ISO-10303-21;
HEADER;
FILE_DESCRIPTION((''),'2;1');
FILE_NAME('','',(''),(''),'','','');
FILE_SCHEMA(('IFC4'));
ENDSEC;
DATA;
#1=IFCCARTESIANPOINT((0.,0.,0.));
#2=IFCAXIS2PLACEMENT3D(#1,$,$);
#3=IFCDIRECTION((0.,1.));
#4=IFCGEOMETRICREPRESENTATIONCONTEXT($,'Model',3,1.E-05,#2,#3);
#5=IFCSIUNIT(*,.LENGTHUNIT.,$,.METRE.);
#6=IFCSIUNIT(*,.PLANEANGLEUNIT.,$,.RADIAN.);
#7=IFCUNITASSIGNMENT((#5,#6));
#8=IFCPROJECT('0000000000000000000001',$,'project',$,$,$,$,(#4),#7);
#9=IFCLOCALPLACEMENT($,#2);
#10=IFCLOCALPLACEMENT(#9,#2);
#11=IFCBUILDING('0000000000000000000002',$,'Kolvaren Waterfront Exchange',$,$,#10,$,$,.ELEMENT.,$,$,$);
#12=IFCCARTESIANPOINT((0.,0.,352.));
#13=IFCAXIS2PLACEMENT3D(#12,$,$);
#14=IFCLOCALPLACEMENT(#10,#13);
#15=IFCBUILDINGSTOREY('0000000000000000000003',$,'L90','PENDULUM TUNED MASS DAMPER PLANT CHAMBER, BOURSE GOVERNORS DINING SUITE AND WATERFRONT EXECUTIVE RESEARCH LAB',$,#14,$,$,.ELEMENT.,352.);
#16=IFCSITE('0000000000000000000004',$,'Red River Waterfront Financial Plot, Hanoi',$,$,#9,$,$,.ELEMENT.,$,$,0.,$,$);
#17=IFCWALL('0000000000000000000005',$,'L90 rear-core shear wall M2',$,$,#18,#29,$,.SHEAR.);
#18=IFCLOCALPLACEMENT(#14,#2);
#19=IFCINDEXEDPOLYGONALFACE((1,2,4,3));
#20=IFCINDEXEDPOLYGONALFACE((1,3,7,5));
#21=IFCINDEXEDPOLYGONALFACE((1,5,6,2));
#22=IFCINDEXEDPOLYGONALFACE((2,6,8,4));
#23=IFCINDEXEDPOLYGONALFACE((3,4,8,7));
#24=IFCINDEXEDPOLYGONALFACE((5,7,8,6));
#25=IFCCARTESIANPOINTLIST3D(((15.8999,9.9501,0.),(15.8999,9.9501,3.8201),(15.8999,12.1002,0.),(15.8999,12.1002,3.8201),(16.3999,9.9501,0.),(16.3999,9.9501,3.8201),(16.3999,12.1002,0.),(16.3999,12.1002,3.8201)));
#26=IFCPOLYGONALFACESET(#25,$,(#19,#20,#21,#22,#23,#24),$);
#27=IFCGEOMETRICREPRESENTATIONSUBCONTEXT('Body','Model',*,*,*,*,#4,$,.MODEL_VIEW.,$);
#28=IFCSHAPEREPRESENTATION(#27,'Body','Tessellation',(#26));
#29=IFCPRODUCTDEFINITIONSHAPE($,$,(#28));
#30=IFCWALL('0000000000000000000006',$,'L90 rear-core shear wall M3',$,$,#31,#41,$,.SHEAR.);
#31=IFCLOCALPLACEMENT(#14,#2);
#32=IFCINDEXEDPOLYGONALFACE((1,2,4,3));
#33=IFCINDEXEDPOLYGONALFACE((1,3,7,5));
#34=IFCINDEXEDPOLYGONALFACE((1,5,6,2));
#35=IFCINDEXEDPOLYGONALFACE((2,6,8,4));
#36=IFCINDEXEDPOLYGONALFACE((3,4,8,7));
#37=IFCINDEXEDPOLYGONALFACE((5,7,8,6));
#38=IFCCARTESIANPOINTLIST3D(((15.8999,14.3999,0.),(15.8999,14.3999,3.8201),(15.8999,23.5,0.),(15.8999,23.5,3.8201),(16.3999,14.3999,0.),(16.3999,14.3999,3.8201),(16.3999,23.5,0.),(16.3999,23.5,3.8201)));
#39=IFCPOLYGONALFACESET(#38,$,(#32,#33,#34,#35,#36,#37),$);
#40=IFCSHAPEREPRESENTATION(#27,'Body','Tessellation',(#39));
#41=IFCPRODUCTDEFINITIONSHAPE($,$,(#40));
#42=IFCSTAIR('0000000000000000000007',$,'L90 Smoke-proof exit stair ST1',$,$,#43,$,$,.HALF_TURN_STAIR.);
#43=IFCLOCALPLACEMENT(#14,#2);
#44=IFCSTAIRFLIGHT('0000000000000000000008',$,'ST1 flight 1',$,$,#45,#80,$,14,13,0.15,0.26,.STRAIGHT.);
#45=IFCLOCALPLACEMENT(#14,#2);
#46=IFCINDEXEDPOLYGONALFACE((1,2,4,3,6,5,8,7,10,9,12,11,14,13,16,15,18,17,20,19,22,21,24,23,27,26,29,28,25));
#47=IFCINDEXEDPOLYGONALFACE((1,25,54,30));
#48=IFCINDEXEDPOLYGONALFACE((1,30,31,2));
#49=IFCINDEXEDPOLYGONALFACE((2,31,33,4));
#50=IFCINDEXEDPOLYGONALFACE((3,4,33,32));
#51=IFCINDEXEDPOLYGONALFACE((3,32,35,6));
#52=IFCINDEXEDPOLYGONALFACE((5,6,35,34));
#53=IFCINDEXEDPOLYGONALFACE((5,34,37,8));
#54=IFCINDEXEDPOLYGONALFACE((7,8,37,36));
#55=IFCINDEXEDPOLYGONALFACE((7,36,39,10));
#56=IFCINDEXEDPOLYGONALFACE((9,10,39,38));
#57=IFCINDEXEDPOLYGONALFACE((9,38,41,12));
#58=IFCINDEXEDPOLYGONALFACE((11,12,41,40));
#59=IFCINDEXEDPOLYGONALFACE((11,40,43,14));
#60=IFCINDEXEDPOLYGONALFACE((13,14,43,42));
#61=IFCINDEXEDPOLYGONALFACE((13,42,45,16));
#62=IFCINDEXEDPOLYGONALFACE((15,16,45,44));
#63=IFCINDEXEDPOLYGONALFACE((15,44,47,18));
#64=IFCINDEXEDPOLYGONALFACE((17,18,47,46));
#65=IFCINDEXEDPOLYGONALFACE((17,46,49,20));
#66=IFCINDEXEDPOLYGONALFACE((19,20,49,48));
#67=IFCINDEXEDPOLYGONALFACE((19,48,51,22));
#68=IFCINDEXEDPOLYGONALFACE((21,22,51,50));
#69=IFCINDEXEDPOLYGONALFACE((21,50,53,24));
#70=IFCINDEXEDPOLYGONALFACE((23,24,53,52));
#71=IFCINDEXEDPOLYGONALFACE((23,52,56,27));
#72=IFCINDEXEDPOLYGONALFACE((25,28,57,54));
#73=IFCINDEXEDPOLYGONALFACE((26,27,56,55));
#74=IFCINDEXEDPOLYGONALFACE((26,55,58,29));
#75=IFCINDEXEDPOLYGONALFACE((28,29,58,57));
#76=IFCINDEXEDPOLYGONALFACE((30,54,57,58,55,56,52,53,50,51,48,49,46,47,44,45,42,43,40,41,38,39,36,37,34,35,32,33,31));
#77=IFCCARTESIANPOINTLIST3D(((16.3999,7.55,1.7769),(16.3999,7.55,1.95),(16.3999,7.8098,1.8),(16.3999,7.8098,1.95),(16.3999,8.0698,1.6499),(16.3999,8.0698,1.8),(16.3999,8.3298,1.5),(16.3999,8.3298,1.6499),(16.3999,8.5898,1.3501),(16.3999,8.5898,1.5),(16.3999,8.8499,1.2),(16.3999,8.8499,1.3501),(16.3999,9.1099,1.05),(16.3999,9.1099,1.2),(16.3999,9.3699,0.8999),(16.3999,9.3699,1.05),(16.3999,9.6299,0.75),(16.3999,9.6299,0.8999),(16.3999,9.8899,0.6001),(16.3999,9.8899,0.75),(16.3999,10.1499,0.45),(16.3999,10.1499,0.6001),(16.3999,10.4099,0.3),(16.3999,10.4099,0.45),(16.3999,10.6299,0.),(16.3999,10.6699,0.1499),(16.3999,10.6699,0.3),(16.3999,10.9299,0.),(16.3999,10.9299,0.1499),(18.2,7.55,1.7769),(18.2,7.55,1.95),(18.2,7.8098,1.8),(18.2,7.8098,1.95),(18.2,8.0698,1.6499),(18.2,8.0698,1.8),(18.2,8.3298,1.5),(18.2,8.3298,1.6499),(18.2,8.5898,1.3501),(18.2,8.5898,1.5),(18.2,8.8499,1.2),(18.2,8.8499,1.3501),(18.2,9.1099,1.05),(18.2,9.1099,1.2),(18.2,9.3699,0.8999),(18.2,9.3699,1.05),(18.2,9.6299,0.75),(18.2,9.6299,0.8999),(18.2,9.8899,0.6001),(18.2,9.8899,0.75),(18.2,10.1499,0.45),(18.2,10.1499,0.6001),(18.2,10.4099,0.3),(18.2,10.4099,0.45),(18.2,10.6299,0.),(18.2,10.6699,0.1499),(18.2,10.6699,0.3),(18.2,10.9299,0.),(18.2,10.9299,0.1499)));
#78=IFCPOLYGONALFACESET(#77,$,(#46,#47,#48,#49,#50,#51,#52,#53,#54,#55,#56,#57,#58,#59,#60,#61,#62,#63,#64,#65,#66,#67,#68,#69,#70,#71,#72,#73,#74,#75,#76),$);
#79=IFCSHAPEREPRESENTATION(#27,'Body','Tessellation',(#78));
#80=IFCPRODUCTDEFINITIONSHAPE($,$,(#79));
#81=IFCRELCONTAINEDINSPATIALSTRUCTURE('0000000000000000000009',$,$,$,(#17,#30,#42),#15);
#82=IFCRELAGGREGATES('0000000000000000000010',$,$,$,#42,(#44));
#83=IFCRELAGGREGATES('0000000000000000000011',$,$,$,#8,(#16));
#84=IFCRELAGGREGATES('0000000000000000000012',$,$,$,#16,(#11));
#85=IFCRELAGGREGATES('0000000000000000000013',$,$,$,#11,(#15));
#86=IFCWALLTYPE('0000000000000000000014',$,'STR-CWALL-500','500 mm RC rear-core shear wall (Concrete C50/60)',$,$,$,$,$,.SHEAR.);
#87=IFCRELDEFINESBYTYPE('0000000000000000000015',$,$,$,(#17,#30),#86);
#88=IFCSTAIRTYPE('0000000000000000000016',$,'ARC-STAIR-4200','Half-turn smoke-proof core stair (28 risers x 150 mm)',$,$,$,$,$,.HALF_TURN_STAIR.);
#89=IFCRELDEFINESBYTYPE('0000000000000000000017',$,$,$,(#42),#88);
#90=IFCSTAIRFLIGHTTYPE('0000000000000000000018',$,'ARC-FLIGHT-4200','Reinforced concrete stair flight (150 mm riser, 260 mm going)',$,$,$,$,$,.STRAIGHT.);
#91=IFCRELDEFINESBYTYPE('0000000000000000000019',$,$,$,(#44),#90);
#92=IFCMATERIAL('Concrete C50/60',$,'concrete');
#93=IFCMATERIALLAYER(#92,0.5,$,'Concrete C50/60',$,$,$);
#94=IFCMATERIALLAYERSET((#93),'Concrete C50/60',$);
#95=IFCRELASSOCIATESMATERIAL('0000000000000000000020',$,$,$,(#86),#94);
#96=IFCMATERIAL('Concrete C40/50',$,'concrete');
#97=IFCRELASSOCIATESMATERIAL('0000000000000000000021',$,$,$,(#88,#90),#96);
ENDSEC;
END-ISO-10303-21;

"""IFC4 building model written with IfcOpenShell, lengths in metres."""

from ifc_helpers import new_model, si_unit, direction, frame, frame_2d, origin, place, context, subcontext, project, spatial, polyline, rectangle, outline, extrude, material, layer, layer_set, type_object, element, aggregate, save


model = new_model("IFC4")

# Units and contexts
model_context = context("Model", 3, precision=1e-05, world=origin(), true_north=direction((0.0, 1.0)))
body_context = subcontext(model_context, "Body", "Model", "MODEL_VIEW")
ifc_project = project(units=[si_unit("LENGTHUNIT", "METRE"), si_unit("PLANEANGLEUNIT", "RADIAN")], contexts=[model_context])

# Site, building, storey
site_placement = place(None, origin())
site = spatial("IfcSite", under=ifc_project, at=site_placement, Name="Red River Waterfront Financial Plot, Hanoi", CompositionType="ELEMENT", RefElevation=0.0)
building_placement = place(site_placement, origin())
building = spatial("IfcBuilding", under=site, at=building_placement, Name="Kolvaren Waterfront Exchange", CompositionType="ELEMENT")
storey_placement = place(building_placement, frame((0.0, 0.0, 352.0)))
storey = spatial("IfcBuildingStorey", under=building, at=storey_placement, Name="L90", Description="PENDULUM TUNED MASS DAMPER PLANT CHAMBER, BOURSE GOVERNORS DINING SUITE AND WATERFRONT EXECUTIVE RESEARCH LAB", CompositionType="ELEMENT", Elevation=352.0)

# Walls
ifc_material_1 = material(Name="Concrete C40/50", Category="concrete")
ifc_material_2 = material(Name="Concrete C50/60", Category="concrete")
ifc_layer_1 = layer(ifc_material_2, 0.5, Name="Concrete C50/60")
ifc_layer_set_1 = layer_set([ifc_layer_1], Name="Concrete C50/60")
wall_type_1 = type_object("IfcWallType", Name="STR-CWALL-500", Description="500 mm RC rear-core shear wall (Concrete C50/60)", PredefinedType="SHEAR", material=ifc_layer_set_1)
wall_1_placement = place(storey_placement, frame((16.1499, 9.95, 0.0), z_axis=(0.0, 0.0, 1.0), x_axis=(0.0, 1.0, 0.0)))
element("IfcWall", 1, at=wall_1_placement, inside=storey, type_object=wall_type_1, Name="L90 rear-core shear wall M2", PredefinedType="SHEAR", context=body_context, shape_type="SweptSolid", body=[
    extrude(rectangle(XDim=2.1501, YDim=0.5, at=frame_2d((1.0752, 0.0))), origin(), (0.0, 0.0, 1.0), 3.8201),
])
wall_2_placement = place(storey_placement, frame((16.1499, 14.3999, 0.0), z_axis=(0.0, 0.0, 1.0), x_axis=(0.0, 1.0, 0.0)))
element("IfcWall", 2, at=wall_2_placement, inside=storey, type_object=wall_type_1, Name="L90 rear-core shear wall M3", PredefinedType="SHEAR", context=body_context, shape_type="SweptSolid", body=[
    extrude(rectangle(XDim=9.1001, YDim=0.5, at=frame_2d((4.55, 0.0))), origin(), (0.0, 0.0, 1.0), 3.8201),
])

# Stair, stair flight
stair_type = type_object("IfcStairType", Name="ARC-STAIR-4200", Description="Half-turn smoke-proof core stair (28 risers x 150 mm)", PredefinedType="HALF_TURN_STAIR", material=ifc_material_1)
stair_placement = place(storey_placement, origin())
stair = element("IfcStair", 3, at=stair_placement, inside=storey, type_object=stair_type, Name="L90 Smoke-proof exit stair ST1", PredefinedType="HALF_TURN_STAIR")
stair_flight_type = type_object("IfcStairFlightType", Name="ARC-FLIGHT-4200", Description="Reinforced concrete stair flight (150 mm riser, 260 mm going)", PredefinedType="STRAIGHT", material=ifc_material_1)
stair_flight_placement = place(storey_placement, frame((17.3, 10.9299, 0.0), z_axis=(0.0, 0.0, 1.0), x_axis=(0.0, -1.0, 0.0)))
stair_flight = element("IfcStairFlight", 4, at=stair_flight_placement, type_object=stair_flight_type, Name="ST1 flight 1", NumberOfRisers=14, NumberOfTreads=13, PredefinedType="STRAIGHT", RiserHeight=0.15, TreadLength=0.26, context=body_context, shape_type="SweptSolid", body=[
    extrude(outline(polyline([(0.0, 0.0), (0.0, 0.1499), (0.26, 0.1499), (0.26, 0.3), (0.52, 0.3), (0.52, 0.45), (0.78, 0.45), (0.78, 0.6001), (1.04, 0.6001), (1.04, 0.75), (1.3, 0.75), (1.3, 0.8999), (1.5601, 0.8999), (1.5601, 1.05), (1.8201, 1.05), (1.8201, 1.2), (2.0801, 1.2), (2.0801, 1.3501), (2.3401, 1.3501), (2.3401, 1.5), (2.6001, 1.5), (2.6001, 1.6499), (2.8601, 1.6499), (2.8601, 1.8), (3.1201, 1.8), (3.1201, 1.95), (3.3799, 1.95), (3.3799, 2.1001), (3.3799, 1.7769), (0.3, 0.0), (0.0, 0.0)])), frame((0.0, 0.8999, 0.0), z_axis=(0.0, -1.0, 0.0), x_axis=(1.0, 0.0, 0.0)), (0.0, 0.0, 1.0), 1.8),
])
aggregate(stair, [stair_flight])

save(model, "model.ifc")
